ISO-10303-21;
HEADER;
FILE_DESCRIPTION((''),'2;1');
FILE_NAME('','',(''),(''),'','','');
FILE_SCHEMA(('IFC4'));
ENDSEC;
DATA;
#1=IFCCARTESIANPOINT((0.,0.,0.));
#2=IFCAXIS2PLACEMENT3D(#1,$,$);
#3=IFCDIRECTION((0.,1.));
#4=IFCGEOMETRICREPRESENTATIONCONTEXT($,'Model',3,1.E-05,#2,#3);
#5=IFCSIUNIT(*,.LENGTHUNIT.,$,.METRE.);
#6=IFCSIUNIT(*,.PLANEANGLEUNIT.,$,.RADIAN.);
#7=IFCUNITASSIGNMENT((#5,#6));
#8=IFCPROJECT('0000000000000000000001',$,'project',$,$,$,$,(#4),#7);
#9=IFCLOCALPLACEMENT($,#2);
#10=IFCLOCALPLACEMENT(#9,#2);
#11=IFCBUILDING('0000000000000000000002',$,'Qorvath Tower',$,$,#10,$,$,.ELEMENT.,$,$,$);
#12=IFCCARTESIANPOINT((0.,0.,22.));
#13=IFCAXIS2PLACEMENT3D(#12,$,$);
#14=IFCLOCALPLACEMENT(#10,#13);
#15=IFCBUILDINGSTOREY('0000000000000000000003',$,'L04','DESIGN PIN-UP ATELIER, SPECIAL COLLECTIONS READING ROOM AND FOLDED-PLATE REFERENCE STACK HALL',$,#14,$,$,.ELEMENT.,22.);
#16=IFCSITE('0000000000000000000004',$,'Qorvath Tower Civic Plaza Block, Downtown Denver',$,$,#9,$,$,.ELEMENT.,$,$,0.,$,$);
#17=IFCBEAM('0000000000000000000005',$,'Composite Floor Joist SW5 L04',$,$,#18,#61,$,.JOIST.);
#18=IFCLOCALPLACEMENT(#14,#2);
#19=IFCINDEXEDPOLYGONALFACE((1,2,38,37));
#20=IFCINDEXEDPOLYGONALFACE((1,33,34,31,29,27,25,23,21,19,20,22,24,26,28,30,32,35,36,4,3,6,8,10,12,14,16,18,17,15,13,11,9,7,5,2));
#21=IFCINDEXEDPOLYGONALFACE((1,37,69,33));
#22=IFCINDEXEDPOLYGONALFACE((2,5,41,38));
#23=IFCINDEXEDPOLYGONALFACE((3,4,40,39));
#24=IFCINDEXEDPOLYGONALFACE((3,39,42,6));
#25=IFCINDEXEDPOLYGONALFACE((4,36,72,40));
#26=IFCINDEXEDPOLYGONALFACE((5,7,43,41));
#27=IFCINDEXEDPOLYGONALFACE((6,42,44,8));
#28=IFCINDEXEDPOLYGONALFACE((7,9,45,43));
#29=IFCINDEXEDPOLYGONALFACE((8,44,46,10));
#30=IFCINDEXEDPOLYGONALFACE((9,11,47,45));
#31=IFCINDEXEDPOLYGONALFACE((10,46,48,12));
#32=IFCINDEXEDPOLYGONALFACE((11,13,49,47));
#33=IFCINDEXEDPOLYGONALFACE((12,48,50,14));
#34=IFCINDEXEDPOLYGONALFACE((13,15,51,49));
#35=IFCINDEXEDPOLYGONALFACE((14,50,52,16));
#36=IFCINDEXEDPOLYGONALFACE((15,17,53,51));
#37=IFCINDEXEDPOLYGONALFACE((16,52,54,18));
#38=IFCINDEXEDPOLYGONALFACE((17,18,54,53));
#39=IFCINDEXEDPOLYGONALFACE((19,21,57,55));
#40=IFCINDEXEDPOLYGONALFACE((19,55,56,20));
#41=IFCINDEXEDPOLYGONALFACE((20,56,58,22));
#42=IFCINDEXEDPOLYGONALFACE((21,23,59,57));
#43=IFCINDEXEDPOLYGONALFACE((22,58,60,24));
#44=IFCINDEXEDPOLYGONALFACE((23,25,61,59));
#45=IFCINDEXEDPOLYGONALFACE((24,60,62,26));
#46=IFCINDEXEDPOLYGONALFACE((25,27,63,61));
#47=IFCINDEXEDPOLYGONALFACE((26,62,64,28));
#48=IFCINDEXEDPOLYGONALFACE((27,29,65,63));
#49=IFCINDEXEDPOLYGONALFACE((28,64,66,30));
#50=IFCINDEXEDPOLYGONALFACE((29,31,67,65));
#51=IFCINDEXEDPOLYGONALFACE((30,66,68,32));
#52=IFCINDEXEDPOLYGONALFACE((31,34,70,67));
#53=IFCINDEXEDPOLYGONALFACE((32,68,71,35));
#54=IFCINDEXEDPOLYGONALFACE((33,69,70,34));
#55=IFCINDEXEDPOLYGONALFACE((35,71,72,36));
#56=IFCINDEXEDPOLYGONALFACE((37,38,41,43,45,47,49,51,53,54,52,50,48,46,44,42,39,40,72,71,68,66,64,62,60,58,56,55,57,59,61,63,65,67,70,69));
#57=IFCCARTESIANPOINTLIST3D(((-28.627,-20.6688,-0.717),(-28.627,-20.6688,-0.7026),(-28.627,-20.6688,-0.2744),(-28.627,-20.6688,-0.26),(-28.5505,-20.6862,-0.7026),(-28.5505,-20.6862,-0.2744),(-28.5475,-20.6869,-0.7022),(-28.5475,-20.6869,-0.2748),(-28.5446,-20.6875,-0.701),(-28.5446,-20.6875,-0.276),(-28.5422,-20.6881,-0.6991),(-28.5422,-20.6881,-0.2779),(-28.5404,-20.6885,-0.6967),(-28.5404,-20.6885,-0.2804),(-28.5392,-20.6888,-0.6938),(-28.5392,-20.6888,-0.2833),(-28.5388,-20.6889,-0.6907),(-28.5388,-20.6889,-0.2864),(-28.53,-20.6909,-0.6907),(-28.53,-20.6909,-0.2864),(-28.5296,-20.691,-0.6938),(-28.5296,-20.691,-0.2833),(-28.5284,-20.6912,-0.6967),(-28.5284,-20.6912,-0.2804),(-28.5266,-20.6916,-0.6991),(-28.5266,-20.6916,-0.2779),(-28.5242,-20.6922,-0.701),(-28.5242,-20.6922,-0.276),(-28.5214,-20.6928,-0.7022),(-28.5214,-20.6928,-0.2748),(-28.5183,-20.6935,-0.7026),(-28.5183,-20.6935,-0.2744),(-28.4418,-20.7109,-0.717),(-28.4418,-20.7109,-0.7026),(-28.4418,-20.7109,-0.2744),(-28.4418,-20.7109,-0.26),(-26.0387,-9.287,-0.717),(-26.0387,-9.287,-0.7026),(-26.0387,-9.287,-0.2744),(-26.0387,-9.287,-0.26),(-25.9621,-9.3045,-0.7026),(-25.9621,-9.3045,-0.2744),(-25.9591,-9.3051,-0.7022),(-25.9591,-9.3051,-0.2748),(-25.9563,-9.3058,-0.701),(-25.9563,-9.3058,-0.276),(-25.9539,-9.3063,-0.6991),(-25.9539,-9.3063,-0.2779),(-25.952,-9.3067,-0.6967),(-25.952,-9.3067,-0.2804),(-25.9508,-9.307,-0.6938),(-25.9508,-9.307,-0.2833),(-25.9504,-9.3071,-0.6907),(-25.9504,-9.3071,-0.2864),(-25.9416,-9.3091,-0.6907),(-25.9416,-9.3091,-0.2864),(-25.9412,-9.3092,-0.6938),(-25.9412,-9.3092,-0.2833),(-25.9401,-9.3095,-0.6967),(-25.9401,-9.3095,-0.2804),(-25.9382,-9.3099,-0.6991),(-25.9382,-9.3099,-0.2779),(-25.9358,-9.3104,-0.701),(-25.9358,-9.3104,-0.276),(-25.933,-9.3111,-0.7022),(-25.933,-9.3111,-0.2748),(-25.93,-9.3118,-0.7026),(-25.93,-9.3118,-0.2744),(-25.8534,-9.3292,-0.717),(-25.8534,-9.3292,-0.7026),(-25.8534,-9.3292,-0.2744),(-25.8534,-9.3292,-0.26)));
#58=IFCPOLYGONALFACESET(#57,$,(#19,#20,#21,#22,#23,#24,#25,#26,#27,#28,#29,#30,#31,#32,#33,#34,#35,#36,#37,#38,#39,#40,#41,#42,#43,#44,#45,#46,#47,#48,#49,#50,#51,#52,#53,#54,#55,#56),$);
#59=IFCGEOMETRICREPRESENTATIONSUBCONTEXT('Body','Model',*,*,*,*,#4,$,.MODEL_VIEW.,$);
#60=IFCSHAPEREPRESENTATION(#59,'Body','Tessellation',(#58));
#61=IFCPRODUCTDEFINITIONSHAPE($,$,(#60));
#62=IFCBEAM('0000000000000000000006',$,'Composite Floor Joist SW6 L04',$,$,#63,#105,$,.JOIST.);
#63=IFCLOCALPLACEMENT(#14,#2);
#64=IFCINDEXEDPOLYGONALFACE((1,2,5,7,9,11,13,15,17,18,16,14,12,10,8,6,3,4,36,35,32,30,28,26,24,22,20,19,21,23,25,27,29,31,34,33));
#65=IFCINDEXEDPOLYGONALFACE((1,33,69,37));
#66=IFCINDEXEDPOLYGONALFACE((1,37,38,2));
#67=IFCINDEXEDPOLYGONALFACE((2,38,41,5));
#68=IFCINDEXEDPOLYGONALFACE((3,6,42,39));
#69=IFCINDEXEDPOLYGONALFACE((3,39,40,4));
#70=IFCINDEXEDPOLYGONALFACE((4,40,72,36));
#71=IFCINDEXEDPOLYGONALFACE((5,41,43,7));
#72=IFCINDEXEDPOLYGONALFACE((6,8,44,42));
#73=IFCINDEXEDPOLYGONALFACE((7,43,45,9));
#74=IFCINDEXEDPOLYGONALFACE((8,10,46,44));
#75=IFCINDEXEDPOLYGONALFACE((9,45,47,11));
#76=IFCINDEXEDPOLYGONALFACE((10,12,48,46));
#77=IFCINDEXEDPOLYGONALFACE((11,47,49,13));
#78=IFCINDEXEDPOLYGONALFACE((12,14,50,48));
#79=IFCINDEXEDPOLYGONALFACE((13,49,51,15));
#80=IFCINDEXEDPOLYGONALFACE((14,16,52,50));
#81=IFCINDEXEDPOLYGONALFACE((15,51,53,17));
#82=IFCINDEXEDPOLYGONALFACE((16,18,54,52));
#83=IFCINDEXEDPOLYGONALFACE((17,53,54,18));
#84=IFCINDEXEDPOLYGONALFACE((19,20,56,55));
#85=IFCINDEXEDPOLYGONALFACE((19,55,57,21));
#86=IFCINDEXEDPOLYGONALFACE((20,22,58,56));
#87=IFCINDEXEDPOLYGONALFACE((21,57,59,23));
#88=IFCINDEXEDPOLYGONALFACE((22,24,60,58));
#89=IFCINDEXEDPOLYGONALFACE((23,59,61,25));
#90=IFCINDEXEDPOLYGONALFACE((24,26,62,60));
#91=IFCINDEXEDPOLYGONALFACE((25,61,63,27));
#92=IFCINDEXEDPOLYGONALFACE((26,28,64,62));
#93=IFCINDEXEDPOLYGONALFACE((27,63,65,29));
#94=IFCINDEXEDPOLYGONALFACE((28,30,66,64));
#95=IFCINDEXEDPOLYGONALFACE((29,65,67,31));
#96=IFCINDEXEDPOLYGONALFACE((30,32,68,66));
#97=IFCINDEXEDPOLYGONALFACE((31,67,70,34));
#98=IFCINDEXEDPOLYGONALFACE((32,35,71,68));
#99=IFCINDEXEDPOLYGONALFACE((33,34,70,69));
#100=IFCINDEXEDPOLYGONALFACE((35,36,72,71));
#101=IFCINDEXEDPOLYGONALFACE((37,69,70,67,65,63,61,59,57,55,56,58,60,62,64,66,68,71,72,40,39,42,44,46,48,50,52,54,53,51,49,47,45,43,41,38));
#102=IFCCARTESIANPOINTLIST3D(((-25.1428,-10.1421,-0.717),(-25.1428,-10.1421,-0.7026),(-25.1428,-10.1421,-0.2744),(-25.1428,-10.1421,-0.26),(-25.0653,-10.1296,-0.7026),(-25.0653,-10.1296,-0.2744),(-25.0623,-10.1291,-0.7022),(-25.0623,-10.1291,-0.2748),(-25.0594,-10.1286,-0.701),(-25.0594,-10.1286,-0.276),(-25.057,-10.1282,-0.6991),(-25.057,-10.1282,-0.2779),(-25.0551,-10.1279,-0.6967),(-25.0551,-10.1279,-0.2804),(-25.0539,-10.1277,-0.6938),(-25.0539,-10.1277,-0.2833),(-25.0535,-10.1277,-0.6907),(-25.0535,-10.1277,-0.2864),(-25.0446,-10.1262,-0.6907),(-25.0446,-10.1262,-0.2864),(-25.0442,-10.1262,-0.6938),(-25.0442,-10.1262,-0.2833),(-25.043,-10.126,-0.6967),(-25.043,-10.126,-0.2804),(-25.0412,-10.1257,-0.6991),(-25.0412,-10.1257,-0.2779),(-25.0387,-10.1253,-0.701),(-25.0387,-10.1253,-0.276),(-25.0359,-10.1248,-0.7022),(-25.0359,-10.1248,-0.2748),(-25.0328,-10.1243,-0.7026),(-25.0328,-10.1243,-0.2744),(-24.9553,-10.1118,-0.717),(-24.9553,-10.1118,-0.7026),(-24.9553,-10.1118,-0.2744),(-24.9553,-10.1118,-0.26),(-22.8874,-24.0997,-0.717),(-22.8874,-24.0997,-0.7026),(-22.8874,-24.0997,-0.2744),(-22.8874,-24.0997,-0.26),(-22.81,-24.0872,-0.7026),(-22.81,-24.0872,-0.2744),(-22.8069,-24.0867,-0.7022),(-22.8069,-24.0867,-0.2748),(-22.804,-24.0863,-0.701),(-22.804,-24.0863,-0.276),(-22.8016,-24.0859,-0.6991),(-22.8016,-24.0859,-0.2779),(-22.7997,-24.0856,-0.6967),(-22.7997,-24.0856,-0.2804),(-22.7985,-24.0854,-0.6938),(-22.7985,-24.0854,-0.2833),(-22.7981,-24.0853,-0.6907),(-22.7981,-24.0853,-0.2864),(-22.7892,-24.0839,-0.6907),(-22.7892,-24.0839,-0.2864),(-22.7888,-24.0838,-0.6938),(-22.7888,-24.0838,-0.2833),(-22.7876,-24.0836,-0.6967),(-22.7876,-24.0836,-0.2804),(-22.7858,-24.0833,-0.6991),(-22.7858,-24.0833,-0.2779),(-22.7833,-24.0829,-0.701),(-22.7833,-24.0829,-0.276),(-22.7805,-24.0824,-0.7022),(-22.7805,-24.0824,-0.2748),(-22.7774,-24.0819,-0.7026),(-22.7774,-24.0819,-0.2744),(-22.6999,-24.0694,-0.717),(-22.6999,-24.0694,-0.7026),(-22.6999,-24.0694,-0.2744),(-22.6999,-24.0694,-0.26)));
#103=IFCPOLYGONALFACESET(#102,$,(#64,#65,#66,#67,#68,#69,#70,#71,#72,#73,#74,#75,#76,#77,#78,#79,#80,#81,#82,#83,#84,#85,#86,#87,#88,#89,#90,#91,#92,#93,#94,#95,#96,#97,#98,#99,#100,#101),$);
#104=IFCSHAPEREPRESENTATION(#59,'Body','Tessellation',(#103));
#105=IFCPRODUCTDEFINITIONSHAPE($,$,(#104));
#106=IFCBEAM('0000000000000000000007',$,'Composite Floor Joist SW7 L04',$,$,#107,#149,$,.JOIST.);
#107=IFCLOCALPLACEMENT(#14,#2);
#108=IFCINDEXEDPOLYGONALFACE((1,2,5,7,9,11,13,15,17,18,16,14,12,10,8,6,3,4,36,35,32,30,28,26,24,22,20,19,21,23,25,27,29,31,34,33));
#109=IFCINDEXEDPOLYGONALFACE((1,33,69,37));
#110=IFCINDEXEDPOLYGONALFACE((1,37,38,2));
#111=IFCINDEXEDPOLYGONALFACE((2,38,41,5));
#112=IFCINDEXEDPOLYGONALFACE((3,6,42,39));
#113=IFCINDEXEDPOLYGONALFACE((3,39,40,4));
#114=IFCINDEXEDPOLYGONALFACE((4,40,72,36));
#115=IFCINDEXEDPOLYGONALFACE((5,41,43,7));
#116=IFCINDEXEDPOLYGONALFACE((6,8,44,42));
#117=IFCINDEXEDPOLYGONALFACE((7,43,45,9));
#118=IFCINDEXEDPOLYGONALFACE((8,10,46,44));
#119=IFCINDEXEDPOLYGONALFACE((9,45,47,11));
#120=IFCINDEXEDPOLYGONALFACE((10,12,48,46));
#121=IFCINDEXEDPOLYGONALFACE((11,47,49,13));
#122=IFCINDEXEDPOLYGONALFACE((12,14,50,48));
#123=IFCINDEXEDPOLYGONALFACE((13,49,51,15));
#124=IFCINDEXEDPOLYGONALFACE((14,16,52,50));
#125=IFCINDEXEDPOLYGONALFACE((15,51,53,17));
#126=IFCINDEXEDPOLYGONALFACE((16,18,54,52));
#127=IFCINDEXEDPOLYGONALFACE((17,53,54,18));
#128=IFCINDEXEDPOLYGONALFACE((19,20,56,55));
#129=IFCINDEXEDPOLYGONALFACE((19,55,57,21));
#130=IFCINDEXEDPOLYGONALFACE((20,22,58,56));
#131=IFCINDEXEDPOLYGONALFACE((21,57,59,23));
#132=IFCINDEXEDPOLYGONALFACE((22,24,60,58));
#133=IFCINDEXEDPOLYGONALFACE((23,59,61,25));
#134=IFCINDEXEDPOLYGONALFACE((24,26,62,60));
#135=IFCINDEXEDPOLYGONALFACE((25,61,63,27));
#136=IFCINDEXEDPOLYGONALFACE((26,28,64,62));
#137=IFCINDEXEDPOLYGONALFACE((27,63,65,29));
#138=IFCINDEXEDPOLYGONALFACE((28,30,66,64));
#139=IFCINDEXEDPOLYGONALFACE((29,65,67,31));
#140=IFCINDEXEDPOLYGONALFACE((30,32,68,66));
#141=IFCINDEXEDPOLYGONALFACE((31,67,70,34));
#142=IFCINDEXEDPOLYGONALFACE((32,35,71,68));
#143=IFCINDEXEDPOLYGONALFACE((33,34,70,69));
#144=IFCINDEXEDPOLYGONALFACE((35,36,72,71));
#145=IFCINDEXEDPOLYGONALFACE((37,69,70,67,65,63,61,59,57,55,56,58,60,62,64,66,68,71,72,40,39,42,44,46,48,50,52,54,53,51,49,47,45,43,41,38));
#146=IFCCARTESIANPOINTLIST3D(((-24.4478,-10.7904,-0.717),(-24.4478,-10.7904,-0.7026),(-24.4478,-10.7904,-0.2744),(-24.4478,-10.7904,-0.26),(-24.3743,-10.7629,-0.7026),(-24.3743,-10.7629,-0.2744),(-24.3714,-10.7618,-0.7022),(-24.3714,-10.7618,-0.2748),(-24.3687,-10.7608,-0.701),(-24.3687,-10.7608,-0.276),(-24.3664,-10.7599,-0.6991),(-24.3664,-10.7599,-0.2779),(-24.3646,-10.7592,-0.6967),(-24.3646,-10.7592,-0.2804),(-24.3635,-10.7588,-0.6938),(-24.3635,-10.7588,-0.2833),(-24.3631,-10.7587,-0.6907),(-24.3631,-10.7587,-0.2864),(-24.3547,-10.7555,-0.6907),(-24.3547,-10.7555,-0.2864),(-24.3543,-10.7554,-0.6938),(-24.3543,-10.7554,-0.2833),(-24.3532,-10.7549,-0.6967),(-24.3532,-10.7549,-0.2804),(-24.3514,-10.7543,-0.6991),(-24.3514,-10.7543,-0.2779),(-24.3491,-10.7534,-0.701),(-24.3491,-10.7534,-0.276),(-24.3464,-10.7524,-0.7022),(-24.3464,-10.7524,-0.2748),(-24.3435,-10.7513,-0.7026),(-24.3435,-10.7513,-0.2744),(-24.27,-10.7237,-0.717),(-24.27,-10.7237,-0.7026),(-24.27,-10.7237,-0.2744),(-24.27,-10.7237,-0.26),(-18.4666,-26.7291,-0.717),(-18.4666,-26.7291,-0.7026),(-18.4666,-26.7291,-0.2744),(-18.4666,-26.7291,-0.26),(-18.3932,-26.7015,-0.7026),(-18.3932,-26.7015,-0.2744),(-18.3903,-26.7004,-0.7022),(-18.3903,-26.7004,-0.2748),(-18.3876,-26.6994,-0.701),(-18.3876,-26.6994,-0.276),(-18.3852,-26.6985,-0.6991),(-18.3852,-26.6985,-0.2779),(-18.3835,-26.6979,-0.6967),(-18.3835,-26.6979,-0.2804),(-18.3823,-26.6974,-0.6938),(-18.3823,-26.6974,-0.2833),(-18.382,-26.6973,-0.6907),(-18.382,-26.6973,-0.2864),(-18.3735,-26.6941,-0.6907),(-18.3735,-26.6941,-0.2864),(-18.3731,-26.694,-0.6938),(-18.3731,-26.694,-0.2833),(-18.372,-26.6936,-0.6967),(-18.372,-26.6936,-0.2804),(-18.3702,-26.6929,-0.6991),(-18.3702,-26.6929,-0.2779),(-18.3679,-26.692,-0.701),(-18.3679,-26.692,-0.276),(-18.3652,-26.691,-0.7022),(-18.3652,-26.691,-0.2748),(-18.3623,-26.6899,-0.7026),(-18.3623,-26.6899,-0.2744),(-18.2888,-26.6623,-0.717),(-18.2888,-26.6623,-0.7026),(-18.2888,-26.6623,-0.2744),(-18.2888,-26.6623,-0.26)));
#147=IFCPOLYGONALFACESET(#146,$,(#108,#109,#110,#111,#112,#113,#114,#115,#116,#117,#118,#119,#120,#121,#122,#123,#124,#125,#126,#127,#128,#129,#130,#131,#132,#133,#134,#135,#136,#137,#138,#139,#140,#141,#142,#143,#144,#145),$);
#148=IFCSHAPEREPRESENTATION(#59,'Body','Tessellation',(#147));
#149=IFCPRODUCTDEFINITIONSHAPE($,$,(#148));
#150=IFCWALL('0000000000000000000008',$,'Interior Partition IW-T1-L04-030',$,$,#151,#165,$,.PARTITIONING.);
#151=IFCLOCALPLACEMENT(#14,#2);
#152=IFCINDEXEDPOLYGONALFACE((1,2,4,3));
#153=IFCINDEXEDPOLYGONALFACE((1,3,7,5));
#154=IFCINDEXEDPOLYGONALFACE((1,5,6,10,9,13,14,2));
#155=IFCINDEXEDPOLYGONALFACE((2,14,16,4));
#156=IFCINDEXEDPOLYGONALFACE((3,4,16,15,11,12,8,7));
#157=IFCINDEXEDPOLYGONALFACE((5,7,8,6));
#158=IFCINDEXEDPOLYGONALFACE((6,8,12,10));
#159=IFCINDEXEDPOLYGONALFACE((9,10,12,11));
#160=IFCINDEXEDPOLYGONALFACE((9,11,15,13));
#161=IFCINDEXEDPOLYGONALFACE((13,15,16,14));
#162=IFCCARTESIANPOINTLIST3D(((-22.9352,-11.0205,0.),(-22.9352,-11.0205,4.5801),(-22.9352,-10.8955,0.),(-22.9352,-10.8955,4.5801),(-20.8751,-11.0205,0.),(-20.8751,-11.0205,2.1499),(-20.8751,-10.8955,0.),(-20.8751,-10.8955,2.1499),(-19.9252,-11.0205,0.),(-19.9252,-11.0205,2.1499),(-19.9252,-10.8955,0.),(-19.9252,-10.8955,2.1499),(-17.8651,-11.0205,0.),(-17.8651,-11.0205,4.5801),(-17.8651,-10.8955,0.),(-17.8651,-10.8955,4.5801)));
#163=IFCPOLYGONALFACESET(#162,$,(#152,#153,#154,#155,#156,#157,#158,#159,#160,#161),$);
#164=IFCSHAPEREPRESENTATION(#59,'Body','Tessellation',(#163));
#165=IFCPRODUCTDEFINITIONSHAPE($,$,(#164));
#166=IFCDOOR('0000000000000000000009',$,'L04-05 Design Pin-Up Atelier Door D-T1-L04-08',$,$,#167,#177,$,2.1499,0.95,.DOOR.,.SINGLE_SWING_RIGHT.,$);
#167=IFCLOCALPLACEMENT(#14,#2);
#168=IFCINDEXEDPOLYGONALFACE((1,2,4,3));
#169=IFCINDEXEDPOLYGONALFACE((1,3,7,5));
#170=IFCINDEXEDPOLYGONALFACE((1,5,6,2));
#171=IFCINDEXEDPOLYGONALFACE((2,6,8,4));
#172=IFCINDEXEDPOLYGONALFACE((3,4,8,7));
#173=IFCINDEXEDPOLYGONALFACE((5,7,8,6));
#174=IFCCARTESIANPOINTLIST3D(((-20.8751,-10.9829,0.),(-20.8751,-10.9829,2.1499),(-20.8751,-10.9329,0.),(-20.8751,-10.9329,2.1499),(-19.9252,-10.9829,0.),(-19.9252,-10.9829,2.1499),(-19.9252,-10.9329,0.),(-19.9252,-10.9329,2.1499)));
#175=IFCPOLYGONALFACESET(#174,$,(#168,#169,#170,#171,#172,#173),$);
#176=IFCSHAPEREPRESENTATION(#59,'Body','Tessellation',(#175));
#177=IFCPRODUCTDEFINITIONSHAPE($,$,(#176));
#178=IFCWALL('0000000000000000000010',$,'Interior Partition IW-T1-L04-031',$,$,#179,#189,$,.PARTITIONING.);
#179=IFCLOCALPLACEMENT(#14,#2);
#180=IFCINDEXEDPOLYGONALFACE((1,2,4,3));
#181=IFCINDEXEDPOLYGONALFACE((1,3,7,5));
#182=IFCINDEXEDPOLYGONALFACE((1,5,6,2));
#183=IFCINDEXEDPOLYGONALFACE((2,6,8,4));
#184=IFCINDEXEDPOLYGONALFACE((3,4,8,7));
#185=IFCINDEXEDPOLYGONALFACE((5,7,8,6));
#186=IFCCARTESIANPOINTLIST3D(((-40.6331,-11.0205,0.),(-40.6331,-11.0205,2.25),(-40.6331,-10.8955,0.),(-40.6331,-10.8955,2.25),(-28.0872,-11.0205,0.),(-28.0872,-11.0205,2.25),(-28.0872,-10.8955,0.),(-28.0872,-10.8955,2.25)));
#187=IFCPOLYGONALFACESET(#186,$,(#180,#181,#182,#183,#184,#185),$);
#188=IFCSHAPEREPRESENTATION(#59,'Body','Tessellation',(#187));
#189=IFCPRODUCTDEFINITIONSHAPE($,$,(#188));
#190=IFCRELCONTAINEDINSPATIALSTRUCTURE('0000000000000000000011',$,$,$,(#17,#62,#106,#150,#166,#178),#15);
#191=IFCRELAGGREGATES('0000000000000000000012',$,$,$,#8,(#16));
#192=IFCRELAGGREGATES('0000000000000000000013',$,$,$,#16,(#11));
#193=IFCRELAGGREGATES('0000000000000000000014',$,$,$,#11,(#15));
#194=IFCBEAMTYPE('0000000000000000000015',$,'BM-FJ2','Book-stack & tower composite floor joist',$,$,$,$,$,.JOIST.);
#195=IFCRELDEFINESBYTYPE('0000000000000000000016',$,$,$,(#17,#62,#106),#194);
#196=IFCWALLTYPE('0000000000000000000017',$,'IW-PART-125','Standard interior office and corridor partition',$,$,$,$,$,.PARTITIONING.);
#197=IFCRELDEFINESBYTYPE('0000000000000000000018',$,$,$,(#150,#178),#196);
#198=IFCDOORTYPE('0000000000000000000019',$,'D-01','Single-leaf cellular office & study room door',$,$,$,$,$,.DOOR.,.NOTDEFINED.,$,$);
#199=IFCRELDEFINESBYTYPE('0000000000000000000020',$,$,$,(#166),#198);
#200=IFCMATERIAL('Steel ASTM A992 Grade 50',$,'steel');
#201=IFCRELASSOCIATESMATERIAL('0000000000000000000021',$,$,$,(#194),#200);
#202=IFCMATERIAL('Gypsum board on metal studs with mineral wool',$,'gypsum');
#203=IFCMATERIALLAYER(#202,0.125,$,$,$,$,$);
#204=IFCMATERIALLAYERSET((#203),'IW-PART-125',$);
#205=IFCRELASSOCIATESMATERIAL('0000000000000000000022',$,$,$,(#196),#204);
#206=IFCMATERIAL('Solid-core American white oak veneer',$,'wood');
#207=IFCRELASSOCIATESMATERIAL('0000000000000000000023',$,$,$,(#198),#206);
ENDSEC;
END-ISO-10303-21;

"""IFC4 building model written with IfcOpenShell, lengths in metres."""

from ifc_helpers import new_model, si_unit, direction, frame, frame_2d, origin, origin_2d, place, context, subcontext, project, spatial, rectangle, i_section, extrude, material, layer, layer_set, material_profile, profile_set, type_object, element, fill, save


model = new_model("IFC4")

# Units and contexts
model_context = context("Model", 3, precision=1e-05, world=origin(), true_north=direction((0.0, 1.0)))
body_context = subcontext(model_context, "Body", "Model", "MODEL_VIEW")
ifc_project = project(units=[si_unit("LENGTHUNIT", "METRE"), si_unit("PLANEANGLEUNIT", "RADIAN")], contexts=[model_context])

# Site, building, storey
site_placement = place(None, origin())
site = spatial("IfcSite", under=ifc_project, at=site_placement, Name="Qorvath Tower Civic Plaza Block, Downtown Denver", CompositionType="ELEMENT", RefElevation=0.0)
building_placement = place(site_placement, origin())
building = spatial("IfcBuilding", under=site, at=building_placement, Name="Qorvath Tower", CompositionType="ELEMENT")
storey_placement = place(building_placement, frame((0.0, 0.0, 22.0)))
storey = spatial("IfcBuildingStorey", under=building, at=storey_placement, Name="L04", Description="DESIGN PIN-UP ATELIER, SPECIAL COLLECTIONS READING ROOM AND FOLDED-PLATE REFERENCE STACK HALL", CompositionType="ELEMENT", Elevation=22.0)

# Beams
ifc_material_1 = material(Name="Steel ASTM A992 Grade 50", Category="steel")
ifc_material_profile_1 = material_profile(ifc_material_1, i_section(OverallWidth=0.1899, OverallDepth=0.457, WebThickness=0.009, FlangeThickness=0.0144, FilletRadius=0.012, at=origin_2d()), Name="W18x50")
ifc_profile_set_1 = profile_set([ifc_material_profile_1], Name="Steel ASTM A992 Grade 50")
beam_type_1 = type_object("IfcBeamType", Name="BM-FJ2", Description="Book-stack & tower composite floor joist", PredefinedType="JOIST", material=ifc_profile_set_1)
beam_1_placement = place(storey_placement, frame((-25.946, -9.3081, -0.4885), z_axis=(-0.221751, -0.975103, 0.0), x_axis=(0.975103, -0.221751, 0.0)))
element("IfcBeam", 1, at=beam_1_placement, inside=storey, type_object=beam_type_1, Name="Composite Floor Joist SW5 L04", PredefinedType="JOIST", context=body_context, shape_type="SweptSolid", body=[
    extrude(i_section(OverallWidth=0.1899, OverallDepth=0.457, WebThickness=0.009, FlangeThickness=0.0144, FilletRadius=0.012, at=origin_2d()), origin(), (0.0, 0.0, 1.0), 11.6724),
])
beam_2_placement = place(storey_placement, frame((-25.0491, -10.127, -0.4885), z_axis=(0.159519, -0.987195, 0.0), x_axis=(0.987195, 0.159519, 0.0)))
element("IfcBeam", 2, at=beam_2_placement, inside=storey, type_object=beam_type_1, Name="Composite Floor Joist SW6 L04", PredefinedType="JOIST", context=body_context, shape_type="SweptSolid", body=[
    extrude(i_section(OverallWidth=0.1899, OverallDepth=0.457, WebThickness=0.009, FlangeThickness=0.0144, FilletRadius=0.012, at=origin_2d()), origin(), (0.0, 0.0, 1.0), 14.1387),
])
beam_3_placement = place(storey_placement, frame((-24.3589, -10.7571, -0.4885), z_axis=(0.351339, -0.936248, 0.0), x_axis=(0.936248, 0.351339, 0.0)))
element("IfcBeam", 3, at=beam_3_placement, inside=storey, type_object=beam_type_1, Name="Composite Floor Joist SW7 L04", PredefinedType="JOIST", context=body_context, shape_type="SweptSolid", body=[
    extrude(i_section(OverallWidth=0.1899, OverallDepth=0.457, WebThickness=0.009, FlangeThickness=0.0144, FilletRadius=0.012, at=origin_2d()), origin(), (0.0, 0.0, 1.0), 17.0239),
])

# Wall, opening, door
ifc_material_2 = material(Name="Gypsum board on metal studs with mineral wool", Category="gypsum")
ifc_layer_1 = layer(ifc_material_2, 0.125)
ifc_layer_set_1 = layer_set([ifc_layer_1], Name="IW-PART-125")
wall_type_1 = type_object("IfcWallType", Name="IW-PART-125", Description="Standard interior office and corridor partition", PredefinedType="PARTITIONING", material=ifc_layer_set_1)
wall_1_placement = place(storey_placement, frame((-17.865, -10.958, 0.0), z_axis=(0.0, 0.0, 1.0), x_axis=(-1.0, 0.0, 0.0)))
wall_1 = element("IfcWall", 4, at=wall_1_placement, inside=storey, type_object=wall_type_1, Name="Interior Partition IW-T1-L04-030", PredefinedType="PARTITIONING", context=body_context, shape_type="SweptSolid", body=[
    extrude(rectangle(XDim=5.0701, YDim=0.125, at=frame_2d((2.5352, 0.0))), origin(), (0.0, 0.0, 1.0), 4.5801),
])
opening_1_placement = place(wall_1_placement, frame((2.0601, 0.0, 0.0)))
opening_1 = element("IfcOpeningElement", 5, at=opening_1_placement, cuts=wall_1, PredefinedType="OPENING", context=body_context, shape_type="SweptSolid", body=[
    extrude(rectangle(XDim=0.95, YDim=2.1499, at=frame_2d((0.4751, 1.075))), frame((0.0, 0.0725, 0.0), z_axis=(0.0, -1.0, 0.0), x_axis=(1.0, 0.0, 0.0)), (0.0, 0.0, 1.0), 0.145),
])
ifc_material_3 = material(Name="Solid-core American white oak veneer", Category="wood")
door_type_1 = type_object("IfcDoorType", Name="D-01", Description="Single-leaf cellular office & study room door", OperationType="NOTDEFINED", PredefinedType="DOOR", material=ifc_material_3)
door_1_placement = place(opening_1_placement, origin())
door_1 = element("IfcDoor", 6, at=door_1_placement, inside=storey, type_object=door_type_1, Name="L04-05 Design Pin-Up Atelier Door D-T1-L04-08", OperationType="SINGLE_SWING_RIGHT", OverallHeight=2.1499, OverallWidth=0.95, PredefinedType="DOOR", context=body_context, shape_type="SweptSolid", body=[
    extrude(rectangle(XDim=0.95, YDim=2.1499, at=frame_2d((0.4751, 1.075))), frame((0.0, 0.0249, 0.0), z_axis=(0.0, -1.0, 0.0), x_axis=(1.0, 0.0, 0.0)), (0.0, 0.0, 1.0), 0.05),
])
fill(opening_1, door_1)

# Wall
wall_2_placement = place(storey_placement, frame((-28.0872, -10.958, 0.0), z_axis=(0.0, 0.0, 1.0), x_axis=(-1.0, 0.0, 0.0)))
element("IfcWall", 7, at=wall_2_placement, inside=storey, type_object=wall_type_1, Name="Interior Partition IW-T1-L04-031", PredefinedType="PARTITIONING", context=body_context, shape_type="SweptSolid", body=[
    extrude(rectangle(XDim=12.5459, YDim=0.125, at=frame_2d((6.2729, 0.0))), origin(), (0.0, 0.0, 1.0), 2.25),
])

save(model, "model.ifc")
